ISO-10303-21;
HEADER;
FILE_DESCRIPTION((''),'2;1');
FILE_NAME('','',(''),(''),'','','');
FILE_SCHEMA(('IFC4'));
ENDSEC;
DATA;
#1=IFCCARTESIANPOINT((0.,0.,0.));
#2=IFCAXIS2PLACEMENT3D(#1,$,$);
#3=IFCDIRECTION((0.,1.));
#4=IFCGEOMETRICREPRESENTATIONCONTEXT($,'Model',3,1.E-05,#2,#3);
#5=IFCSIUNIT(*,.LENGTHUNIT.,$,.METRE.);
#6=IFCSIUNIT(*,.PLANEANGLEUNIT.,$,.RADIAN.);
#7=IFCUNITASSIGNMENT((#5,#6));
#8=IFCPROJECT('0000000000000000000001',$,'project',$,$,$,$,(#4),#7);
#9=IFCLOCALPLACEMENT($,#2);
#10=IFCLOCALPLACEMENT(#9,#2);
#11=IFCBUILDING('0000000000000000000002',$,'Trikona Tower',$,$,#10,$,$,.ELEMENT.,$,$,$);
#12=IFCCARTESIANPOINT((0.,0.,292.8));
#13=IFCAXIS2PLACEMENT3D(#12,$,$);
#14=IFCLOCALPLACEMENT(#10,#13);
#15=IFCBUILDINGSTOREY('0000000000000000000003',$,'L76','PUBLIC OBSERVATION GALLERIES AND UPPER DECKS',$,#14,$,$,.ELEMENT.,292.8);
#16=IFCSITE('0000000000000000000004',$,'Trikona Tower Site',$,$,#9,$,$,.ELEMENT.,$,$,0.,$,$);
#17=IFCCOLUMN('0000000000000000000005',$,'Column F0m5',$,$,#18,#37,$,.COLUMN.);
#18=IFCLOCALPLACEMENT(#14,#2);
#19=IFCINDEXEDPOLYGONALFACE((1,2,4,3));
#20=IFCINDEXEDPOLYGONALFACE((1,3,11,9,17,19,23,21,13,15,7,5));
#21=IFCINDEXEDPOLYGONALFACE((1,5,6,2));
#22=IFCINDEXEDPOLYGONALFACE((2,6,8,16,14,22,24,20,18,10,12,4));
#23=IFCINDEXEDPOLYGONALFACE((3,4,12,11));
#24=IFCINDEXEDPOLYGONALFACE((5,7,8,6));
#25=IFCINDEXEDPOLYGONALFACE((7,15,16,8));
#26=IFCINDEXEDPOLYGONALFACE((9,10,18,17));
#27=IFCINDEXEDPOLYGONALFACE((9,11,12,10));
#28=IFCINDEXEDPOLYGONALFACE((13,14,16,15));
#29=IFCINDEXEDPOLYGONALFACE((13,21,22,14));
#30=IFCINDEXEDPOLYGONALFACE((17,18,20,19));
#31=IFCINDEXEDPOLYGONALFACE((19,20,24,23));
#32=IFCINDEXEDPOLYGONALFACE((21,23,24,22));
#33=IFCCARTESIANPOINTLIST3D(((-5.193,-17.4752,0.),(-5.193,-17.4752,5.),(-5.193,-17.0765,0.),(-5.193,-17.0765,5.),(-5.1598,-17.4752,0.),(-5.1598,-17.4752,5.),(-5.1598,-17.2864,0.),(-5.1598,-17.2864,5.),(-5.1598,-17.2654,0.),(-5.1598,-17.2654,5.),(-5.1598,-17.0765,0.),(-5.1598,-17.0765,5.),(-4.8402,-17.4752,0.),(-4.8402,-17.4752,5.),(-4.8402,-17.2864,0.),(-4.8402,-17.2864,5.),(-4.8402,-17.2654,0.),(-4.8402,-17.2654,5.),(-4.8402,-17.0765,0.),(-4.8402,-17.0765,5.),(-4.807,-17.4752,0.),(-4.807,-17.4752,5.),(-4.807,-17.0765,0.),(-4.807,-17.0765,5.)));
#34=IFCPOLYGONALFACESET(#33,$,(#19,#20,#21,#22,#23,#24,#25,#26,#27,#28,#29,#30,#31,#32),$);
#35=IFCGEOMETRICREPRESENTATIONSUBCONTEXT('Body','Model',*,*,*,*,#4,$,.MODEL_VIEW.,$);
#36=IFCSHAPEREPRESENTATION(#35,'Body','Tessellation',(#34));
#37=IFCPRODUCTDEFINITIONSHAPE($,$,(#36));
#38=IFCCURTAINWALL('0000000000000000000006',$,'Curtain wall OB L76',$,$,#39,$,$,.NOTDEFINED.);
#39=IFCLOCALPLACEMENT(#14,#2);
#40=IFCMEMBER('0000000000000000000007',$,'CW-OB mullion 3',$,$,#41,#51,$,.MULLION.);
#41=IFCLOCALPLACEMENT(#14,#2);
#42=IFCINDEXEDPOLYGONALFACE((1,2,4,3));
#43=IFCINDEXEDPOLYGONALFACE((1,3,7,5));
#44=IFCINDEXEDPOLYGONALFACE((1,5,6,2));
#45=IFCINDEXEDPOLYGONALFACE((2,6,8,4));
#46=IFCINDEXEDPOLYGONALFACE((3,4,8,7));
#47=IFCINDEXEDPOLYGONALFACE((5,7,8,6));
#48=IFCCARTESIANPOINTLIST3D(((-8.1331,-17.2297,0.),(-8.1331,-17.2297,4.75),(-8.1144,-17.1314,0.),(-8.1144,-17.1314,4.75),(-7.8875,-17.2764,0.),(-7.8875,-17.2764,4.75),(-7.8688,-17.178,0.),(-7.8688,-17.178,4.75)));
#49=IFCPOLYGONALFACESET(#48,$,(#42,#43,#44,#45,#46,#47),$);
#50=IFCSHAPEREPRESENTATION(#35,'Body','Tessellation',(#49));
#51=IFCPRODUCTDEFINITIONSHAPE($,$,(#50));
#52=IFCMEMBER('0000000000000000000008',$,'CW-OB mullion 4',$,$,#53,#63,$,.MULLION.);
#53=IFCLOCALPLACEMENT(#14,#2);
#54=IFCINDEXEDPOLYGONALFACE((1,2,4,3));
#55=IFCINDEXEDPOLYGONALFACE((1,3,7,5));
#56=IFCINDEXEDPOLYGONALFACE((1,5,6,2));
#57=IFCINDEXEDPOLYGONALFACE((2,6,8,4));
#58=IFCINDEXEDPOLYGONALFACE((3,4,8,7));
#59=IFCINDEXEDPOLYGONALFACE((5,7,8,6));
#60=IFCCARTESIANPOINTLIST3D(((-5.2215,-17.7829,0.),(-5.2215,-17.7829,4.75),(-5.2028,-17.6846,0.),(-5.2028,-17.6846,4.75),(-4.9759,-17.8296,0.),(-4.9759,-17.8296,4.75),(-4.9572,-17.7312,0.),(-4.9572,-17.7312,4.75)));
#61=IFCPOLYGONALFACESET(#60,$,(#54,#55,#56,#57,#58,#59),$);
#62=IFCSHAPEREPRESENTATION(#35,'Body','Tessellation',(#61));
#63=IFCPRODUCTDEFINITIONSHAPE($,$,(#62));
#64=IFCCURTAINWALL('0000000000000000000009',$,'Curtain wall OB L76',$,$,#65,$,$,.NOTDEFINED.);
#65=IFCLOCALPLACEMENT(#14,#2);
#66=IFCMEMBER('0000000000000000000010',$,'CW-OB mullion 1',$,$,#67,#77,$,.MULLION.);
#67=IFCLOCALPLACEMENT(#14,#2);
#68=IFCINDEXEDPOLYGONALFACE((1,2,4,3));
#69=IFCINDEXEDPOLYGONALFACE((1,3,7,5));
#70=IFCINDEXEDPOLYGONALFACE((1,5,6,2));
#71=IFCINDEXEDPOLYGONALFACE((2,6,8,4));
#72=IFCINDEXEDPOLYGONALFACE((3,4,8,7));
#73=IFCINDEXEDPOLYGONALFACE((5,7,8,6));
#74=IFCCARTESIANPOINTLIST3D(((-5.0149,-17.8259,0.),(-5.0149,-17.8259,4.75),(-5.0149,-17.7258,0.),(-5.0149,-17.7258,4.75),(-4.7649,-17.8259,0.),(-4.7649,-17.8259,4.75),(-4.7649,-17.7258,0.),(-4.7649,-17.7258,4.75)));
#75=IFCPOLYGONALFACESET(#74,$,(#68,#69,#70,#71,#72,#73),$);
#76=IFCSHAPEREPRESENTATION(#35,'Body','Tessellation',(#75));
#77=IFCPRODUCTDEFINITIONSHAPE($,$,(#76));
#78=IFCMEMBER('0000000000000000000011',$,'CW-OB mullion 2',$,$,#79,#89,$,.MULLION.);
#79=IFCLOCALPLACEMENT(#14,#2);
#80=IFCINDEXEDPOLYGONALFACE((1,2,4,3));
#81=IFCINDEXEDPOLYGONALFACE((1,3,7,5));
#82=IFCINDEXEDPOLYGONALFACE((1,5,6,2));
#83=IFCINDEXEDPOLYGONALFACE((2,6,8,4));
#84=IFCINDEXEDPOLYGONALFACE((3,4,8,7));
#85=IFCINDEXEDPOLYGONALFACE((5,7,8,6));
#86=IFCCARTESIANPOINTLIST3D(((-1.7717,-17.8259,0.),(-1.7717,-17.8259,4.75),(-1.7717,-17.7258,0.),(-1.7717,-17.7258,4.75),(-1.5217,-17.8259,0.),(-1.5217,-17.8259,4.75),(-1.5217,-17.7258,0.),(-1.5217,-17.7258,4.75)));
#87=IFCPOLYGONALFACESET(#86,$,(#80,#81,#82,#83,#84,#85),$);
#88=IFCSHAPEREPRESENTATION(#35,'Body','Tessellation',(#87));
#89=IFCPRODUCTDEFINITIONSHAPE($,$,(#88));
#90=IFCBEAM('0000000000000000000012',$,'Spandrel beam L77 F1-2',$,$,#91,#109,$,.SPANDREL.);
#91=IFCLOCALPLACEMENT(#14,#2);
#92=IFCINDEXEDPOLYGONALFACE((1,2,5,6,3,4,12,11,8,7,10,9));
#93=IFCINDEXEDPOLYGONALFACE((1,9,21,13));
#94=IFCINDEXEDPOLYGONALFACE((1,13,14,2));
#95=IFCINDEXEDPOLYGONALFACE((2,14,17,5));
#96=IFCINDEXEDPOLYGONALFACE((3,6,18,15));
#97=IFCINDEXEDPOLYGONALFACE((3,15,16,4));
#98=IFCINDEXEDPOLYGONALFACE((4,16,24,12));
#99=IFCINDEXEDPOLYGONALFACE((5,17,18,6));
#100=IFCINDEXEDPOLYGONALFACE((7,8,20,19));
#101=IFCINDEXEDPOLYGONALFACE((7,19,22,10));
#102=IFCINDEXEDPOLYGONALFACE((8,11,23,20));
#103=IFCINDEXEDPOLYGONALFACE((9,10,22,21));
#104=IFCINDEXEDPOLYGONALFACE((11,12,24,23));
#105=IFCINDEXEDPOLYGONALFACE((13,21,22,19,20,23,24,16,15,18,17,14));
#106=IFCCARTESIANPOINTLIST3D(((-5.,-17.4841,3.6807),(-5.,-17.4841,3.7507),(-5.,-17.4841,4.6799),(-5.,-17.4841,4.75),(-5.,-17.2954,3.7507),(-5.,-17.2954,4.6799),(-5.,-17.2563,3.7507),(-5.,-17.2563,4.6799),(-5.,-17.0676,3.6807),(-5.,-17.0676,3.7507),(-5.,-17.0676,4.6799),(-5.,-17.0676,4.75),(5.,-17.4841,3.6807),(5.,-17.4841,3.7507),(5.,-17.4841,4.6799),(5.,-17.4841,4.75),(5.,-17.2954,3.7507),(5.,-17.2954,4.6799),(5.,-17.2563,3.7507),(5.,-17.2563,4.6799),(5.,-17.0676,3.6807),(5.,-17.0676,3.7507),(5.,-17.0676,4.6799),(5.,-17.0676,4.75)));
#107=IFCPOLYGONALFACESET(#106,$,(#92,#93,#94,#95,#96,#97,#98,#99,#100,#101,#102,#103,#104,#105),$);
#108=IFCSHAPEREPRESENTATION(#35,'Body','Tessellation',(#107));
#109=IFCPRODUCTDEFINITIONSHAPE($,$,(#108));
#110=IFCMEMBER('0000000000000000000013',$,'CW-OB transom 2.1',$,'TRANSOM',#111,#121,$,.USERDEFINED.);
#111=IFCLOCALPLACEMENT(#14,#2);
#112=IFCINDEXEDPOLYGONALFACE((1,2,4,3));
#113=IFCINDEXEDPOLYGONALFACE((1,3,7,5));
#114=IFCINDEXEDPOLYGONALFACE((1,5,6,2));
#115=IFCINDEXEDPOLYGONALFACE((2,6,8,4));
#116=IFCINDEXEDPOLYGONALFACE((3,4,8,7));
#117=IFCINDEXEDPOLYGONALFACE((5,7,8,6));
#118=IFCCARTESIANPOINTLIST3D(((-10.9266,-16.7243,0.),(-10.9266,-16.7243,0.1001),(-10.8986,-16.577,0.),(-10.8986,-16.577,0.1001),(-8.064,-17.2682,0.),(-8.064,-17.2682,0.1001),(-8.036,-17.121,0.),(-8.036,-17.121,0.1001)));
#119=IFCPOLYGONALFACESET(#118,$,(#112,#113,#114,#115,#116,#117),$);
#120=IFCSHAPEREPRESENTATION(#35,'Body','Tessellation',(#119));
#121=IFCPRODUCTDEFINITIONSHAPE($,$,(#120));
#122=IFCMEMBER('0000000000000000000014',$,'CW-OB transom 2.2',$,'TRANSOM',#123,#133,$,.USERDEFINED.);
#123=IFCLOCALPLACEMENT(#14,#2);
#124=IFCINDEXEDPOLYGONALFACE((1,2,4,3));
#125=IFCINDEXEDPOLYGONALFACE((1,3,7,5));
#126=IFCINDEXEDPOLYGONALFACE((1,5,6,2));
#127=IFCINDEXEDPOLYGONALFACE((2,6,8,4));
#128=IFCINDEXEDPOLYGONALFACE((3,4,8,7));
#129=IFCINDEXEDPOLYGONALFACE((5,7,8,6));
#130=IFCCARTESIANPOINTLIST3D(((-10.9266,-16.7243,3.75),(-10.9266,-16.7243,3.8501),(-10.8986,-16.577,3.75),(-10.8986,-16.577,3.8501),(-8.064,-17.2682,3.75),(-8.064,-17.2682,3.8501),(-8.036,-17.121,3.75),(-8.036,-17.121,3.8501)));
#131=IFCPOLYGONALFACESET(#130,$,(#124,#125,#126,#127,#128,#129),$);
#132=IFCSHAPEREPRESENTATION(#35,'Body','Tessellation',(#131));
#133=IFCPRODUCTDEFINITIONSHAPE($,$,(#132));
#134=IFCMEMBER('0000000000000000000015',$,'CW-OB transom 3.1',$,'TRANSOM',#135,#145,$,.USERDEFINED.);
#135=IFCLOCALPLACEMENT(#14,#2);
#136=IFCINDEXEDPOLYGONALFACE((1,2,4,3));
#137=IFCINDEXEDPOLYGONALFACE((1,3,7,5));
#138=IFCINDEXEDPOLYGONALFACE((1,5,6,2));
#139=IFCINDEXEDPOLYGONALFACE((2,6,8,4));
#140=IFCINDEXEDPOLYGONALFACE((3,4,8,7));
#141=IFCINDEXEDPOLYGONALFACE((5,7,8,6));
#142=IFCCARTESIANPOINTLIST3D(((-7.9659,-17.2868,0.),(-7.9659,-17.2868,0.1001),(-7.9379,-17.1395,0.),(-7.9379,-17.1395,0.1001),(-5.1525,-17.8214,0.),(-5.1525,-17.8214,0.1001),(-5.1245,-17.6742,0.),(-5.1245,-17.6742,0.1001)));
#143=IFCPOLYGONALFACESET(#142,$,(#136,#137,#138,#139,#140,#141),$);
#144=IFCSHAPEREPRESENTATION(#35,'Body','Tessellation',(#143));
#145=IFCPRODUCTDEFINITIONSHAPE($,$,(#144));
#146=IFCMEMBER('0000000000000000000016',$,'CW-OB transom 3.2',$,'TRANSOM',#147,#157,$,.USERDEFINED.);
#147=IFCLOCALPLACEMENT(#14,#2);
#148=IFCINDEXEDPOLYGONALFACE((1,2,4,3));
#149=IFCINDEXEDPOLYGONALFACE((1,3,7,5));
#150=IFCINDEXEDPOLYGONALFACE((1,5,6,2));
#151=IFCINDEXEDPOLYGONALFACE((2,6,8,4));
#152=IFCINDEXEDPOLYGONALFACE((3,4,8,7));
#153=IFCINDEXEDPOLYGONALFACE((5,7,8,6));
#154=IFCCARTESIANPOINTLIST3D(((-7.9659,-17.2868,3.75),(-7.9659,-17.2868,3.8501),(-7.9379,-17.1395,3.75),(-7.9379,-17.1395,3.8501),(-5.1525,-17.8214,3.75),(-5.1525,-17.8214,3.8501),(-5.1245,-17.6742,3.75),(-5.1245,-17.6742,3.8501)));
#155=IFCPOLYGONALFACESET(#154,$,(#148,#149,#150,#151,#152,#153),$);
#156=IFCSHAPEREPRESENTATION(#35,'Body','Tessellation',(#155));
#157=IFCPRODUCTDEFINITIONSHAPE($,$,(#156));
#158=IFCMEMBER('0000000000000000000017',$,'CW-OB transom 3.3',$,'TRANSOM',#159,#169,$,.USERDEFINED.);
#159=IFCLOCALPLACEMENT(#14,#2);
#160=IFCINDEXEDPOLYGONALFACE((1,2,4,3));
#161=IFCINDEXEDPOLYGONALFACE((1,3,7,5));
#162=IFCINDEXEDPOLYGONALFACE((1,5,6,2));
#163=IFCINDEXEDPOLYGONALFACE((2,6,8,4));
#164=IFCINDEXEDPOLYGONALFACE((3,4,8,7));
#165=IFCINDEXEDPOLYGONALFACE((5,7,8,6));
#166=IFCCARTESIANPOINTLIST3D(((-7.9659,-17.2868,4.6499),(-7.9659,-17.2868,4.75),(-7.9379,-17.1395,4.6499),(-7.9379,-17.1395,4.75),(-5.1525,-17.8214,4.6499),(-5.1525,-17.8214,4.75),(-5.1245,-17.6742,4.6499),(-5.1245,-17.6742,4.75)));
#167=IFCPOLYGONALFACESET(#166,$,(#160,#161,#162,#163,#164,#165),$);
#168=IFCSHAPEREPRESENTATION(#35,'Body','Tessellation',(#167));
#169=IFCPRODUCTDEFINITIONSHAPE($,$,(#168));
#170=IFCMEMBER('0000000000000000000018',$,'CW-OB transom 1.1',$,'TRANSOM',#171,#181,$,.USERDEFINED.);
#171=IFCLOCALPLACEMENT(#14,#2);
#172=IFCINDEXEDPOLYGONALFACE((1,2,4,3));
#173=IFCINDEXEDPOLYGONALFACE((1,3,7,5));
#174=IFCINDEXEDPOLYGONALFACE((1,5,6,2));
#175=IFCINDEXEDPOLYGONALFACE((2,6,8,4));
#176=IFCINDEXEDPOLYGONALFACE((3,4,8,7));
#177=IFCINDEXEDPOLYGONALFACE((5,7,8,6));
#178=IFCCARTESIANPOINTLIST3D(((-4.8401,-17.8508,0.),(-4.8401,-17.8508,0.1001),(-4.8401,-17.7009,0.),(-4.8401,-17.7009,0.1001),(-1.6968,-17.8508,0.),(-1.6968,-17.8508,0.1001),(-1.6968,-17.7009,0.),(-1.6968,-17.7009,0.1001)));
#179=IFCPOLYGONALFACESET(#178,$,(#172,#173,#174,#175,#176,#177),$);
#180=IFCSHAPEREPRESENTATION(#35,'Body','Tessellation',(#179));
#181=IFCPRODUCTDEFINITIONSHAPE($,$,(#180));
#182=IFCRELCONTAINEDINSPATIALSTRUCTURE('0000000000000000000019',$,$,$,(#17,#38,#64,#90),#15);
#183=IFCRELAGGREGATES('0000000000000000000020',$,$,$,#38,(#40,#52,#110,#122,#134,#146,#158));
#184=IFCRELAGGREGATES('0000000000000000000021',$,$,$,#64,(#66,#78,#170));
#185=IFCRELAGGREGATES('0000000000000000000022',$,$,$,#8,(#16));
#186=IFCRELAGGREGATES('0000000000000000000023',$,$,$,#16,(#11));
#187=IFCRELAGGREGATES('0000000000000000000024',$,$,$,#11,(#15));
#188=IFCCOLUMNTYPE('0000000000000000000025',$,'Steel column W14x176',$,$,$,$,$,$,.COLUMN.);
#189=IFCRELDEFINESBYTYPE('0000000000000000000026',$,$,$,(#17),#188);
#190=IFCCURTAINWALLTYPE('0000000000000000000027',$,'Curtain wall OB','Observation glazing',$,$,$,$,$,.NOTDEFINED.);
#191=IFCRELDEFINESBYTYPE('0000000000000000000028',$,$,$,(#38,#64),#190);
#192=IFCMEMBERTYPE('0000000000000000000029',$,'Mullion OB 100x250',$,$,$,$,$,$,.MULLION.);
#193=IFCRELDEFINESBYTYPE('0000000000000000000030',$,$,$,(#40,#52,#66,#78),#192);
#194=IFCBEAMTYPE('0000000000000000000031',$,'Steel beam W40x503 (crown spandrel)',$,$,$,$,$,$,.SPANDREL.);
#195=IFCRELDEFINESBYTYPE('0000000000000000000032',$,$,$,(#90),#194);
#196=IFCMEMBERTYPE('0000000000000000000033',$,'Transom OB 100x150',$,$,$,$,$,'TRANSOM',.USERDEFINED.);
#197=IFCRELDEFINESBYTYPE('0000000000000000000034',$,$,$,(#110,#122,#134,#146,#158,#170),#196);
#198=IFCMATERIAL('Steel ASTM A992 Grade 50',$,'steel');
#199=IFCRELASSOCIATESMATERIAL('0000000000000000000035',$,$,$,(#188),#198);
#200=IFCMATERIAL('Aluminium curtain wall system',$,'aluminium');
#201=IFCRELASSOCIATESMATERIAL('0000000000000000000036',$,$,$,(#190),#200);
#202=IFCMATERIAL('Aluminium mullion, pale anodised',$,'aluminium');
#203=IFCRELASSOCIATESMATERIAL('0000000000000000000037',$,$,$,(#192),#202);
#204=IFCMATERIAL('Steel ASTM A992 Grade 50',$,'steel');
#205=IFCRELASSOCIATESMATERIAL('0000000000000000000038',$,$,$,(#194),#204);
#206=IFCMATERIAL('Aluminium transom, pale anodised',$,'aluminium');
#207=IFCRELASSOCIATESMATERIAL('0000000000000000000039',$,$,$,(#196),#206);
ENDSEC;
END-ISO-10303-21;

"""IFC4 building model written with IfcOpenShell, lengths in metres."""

from ifc_helpers import new_model, si_unit, direction, frame, origin, origin_2d, place, context, subcontext, project, spatial, rectangle, i_section, extrude, material, material_profile, profile_set, type_object, element, aggregate, save


model = new_model("IFC4")

# Units and contexts
model_context = context("Model", 3, precision=1e-05, world=origin(), true_north=direction((0.0, 1.0)))
body_context = subcontext(model_context, "Body", "Model", "MODEL_VIEW")
ifc_project = project(units=[si_unit("LENGTHUNIT", "METRE"), si_unit("PLANEANGLEUNIT", "RADIAN")], contexts=[model_context])

# Site, building, storey
site_placement = place(None, origin())
site = spatial("IfcSite", under=ifc_project, at=site_placement, Name="Trikona Tower Site", CompositionType="ELEMENT", RefElevation=0.0)
building_placement = place(site_placement, origin())
building = spatial("IfcBuilding", under=site, at=building_placement, Name="Trikona Tower", CompositionType="ELEMENT")
storey_placement = place(building_placement, frame((0.0, 0.0, 292.8)))
storey = spatial("IfcBuildingStorey", under=building, at=storey_placement, Name="L76", Description="PUBLIC OBSERVATION GALLERIES AND UPPER DECKS", CompositionType="ELEMENT", Elevation=292.8)

# Column
ifc_material_1 = material(Name="Steel ASTM A992 Grade 50", Category="steel")
ifc_material_profile_1 = material_profile(ifc_material_1, i_section(OverallWidth=0.3987, OverallDepth=0.386, WebThickness=0.021, FlangeThickness=0.0332, at=origin_2d()), Name="W14X176")
ifc_profile_set_1 = profile_set([ifc_material_profile_1], Name="Steel ASTM A992 Grade 50")
column_type = type_object("IfcColumnType", Name="Steel column W14x176", PredefinedType="COLUMN", material=ifc_profile_set_1)
column_placement = place(storey_placement, frame((-5.0, -17.2759, 0.0), z_axis=(0.0, 0.0, 1.0), x_axis=(0.0, -1.0, 0.0)))
element("IfcColumn", 1, at=column_placement, inside=storey, type_object=column_type, Name="Column F0m5", PredefinedType="COLUMN", context=body_context, shape_type="SweptSolid", body=[
    extrude(i_section(OverallWidth=0.3987, OverallDepth=0.386, WebThickness=0.021, FlangeThickness=0.0332, at=origin_2d()), origin(), (0.0, 0.0, 1.0), 5.0),
])

# Curtain walls, members
ifc_material_2 = material(Name="Aluminium curtain wall system", Category="aluminium")
curtain_wall_type = type_object("IfcCurtainWallType", Name="Curtain wall OB", Description="Observation glazing", PredefinedType="NOTDEFINED", material=ifc_material_2)
curtain_wall_1_placement = place(storey_placement, origin())
curtain_wall_1 = element("IfcCurtainWall", 2, at=curtain_wall_1_placement, inside=storey, type_object=curtain_wall_type, Name="Curtain wall OB L76", PredefinedType="NOTDEFINED")
ifc_material_3 = material(Name="Aluminium mullion, pale anodised", Category="aluminium")
ifc_material_profile_2 = material_profile(ifc_material_3, rectangle(XDim=0.1001, YDim=0.25, at=origin_2d()), Name="MUL-OB")
ifc_profile_set_2 = profile_set([ifc_material_profile_2], Name="Aluminium mullion, pale anodised")
member_type_1 = type_object("IfcMemberType", Name="Mullion OB 100x250", PredefinedType="MULLION", material=ifc_profile_set_2)
member_1_placement = place(storey_placement, frame((-8.001, -17.2039, 0.0), z_axis=(0.0, 0.0, 1.0), x_axis=(0.186661, 0.982424, 0.0)))
member_1 = element("IfcMember", 3, at=member_1_placement, type_object=member_type_1, Name="CW-OB mullion 3", PredefinedType="MULLION", context=body_context, shape_type="SweptSolid", body=[
    extrude(rectangle(XDim=0.1001, YDim=0.25, at=origin_2d()), origin(), (0.0, 0.0, 1.0), 4.75),
])
member_2_placement = place(storey_placement, frame((-5.0894, -17.7571, 0.0), z_axis=(0.0, 0.0, 1.0), x_axis=(0.186661, 0.982424, 0.0)))
member_2 = element("IfcMember", 4, at=member_2_placement, type_object=member_type_1, Name="CW-OB mullion 4", PredefinedType="MULLION", context=body_context, shape_type="SweptSolid", body=[
    extrude(rectangle(XDim=0.1001, YDim=0.25, at=origin_2d()), origin(), (0.0, 0.0, 1.0), 4.75),
])
curtain_wall_2_placement = place(storey_placement, origin())
curtain_wall_2 = element("IfcCurtainWall", 5, at=curtain_wall_2_placement, inside=storey, type_object=curtain_wall_type, Name="Curtain wall OB L76", PredefinedType="NOTDEFINED")
member_3_placement = place(storey_placement, frame((-4.8899, -17.7759, 0.0), z_axis=(0.0, 0.0, 1.0), x_axis=(0.0, 1.0, 0.0)))
member_3 = element("IfcMember", 6, at=member_3_placement, type_object=member_type_1, Name="CW-OB mullion 1", PredefinedType="MULLION", context=body_context, shape_type="SweptSolid", body=[
    extrude(rectangle(XDim=0.1001, YDim=0.25, at=origin_2d()), origin(), (0.0, 0.0, 1.0), 4.75),
])
member_4_placement = place(storey_placement, frame((-1.6467, -17.7759, 0.0), z_axis=(0.0, 0.0, 1.0), x_axis=(0.0, 1.0, 0.0)))
member_4 = element("IfcMember", 7, at=member_4_placement, type_object=member_type_1, Name="CW-OB mullion 2", PredefinedType="MULLION", context=body_context, shape_type="SweptSolid", body=[
    extrude(rectangle(XDim=0.1001, YDim=0.25, at=origin_2d()), origin(), (0.0, 0.0, 1.0), 4.75),
])

# Beam
ifc_material_4 = material(Name="Steel ASTM A992 Grade 50", Category="steel")
ifc_material_profile_3 = material_profile(ifc_material_4, i_section(OverallWidth=0.4165, OverallDepth=1.0693, WebThickness=0.0391, FlangeThickness=0.0701, at=origin_2d()), Name="W40X503")
ifc_profile_set_3 = profile_set([ifc_material_profile_3], Name="Steel ASTM A992 Grade 50")
beam_type = type_object("IfcBeamType", Name="Steel beam W40x503 (crown spandrel)", PredefinedType="SPANDREL", material=ifc_profile_set_3)
beam_placement = place(storey_placement, frame((-5.0, -17.2759, 4.2153), z_axis=(1.0, 0.0, 0.0), x_axis=(0.0, 1.0, 0.0)))
element("IfcBeam", 8, at=beam_placement, inside=storey, type_object=beam_type, Name="Spandrel beam L77 F1-2", PredefinedType="SPANDREL", context=body_context, shape_type="SweptSolid", body=[
    extrude(i_section(OverallWidth=0.4165, OverallDepth=1.0693, WebThickness=0.0391, FlangeThickness=0.0701, at=origin_2d()), origin(), (0.0, 0.0, 1.0), 10.0),
])

# Members
ifc_material_5 = material(Name="Aluminium transom, pale anodised", Category="aluminium")
ifc_material_profile_4 = material_profile(ifc_material_5, rectangle(XDim=0.1499, YDim=0.1001, at=origin_2d()), Name="TRN-OB")
ifc_profile_set_4 = profile_set([ifc_material_profile_4], Name="Aluminium transom, pale anodised")
member_type_2 = type_object("IfcMemberType", Name="Transom OB 100x150", ElementType="TRANSOM", PredefinedType="USERDEFINED", material=ifc_profile_set_4)
member_5_placement = place(storey_placement, frame((-10.9126, -16.6506, 0.05), z_axis=(0.982421, -0.186681, 0.0), x_axis=(0.186681, 0.982421, 0.0)))
member_5 = element("IfcMember", 9, at=member_5_placement, type_object=member_type_2, Name="CW-OB transom 2.1", ObjectType="TRANSOM", PredefinedType="USERDEFINED", context=body_context, shape_type="SweptSolid", body=[
    extrude(rectangle(XDim=0.1499, YDim=0.1001, at=origin_2d()), origin(), (0.0, 0.0, 1.0), 2.9138),
])
member_6_placement = place(storey_placement, frame((-10.9126, -16.6506, 3.8), z_axis=(0.982421, -0.186681, 0.0), x_axis=(0.186681, 0.982421, 0.0)))
member_6 = element("IfcMember", 10, at=member_6_placement, type_object=member_type_2, Name="CW-OB transom 2.2", ObjectType="TRANSOM", PredefinedType="USERDEFINED", context=body_context, shape_type="SweptSolid", body=[
    extrude(rectangle(XDim=0.1499, YDim=0.1001, at=origin_2d()), origin(), (0.0, 0.0, 1.0), 2.9138),
])
member_7_placement = place(storey_placement, frame((-7.9519, -17.2131, 0.05), z_axis=(0.982418, -0.186697, 0.0), x_axis=(0.186697, 0.982418, 0.0)))
member_7 = element("IfcMember", 11, at=member_7_placement, type_object=member_type_2, Name="CW-OB transom 3.1", ObjectType="TRANSOM", PredefinedType="USERDEFINED", context=body_context, shape_type="SweptSolid", body=[
    extrude(rectangle(XDim=0.1499, YDim=0.1001, at=origin_2d()), origin(), (0.0, 0.0, 1.0), 2.8638),
])
member_8_placement = place(storey_placement, frame((-7.9519, -17.2131, 3.8), z_axis=(0.982418, -0.186697, 0.0), x_axis=(0.186697, 0.982418, 0.0)))
member_8 = element("IfcMember", 12, at=member_8_placement, type_object=member_type_2, Name="CW-OB transom 3.2", ObjectType="TRANSOM", PredefinedType="USERDEFINED", context=body_context, shape_type="SweptSolid", body=[
    extrude(rectangle(XDim=0.1499, YDim=0.1001, at=origin_2d()), origin(), (0.0, 0.0, 1.0), 2.8638),
])
member_9_placement = place(storey_placement, frame((-7.9519, -17.2131, 4.7), z_axis=(0.982418, -0.186697, 0.0), x_axis=(0.186697, 0.982418, 0.0)))
member_9 = element("IfcMember", 13, at=member_9_placement, type_object=member_type_2, Name="CW-OB transom 3.3", ObjectType="TRANSOM", PredefinedType="USERDEFINED", context=body_context, shape_type="SweptSolid", body=[
    extrude(rectangle(XDim=0.1499, YDim=0.1001, at=origin_2d()), origin(), (0.0, 0.0, 1.0), 2.8638),
])
member_10_placement = place(storey_placement, frame((-4.8401, -17.7759, 0.05), z_axis=(1.0, 0.0, 0.0), x_axis=(0.0, 1.0, 0.0)))
member_10 = element("IfcMember", 14, at=member_10_placement, type_object=member_type_2, Name="CW-OB transom 1.1", ObjectType="TRANSOM", PredefinedType="USERDEFINED", context=body_context, shape_type="SweptSolid", body=[
    extrude(rectangle(XDim=0.1499, YDim=0.1001, at=origin_2d()), origin(), (0.0, 0.0, 1.0), 3.1433),
])

aggregate(curtain_wall_1, [member_1, member_2, member_5, member_6, member_7, member_8, member_9])
aggregate(curtain_wall_2, [member_3, member_4, member_10])

save(model, "model.ifc")
